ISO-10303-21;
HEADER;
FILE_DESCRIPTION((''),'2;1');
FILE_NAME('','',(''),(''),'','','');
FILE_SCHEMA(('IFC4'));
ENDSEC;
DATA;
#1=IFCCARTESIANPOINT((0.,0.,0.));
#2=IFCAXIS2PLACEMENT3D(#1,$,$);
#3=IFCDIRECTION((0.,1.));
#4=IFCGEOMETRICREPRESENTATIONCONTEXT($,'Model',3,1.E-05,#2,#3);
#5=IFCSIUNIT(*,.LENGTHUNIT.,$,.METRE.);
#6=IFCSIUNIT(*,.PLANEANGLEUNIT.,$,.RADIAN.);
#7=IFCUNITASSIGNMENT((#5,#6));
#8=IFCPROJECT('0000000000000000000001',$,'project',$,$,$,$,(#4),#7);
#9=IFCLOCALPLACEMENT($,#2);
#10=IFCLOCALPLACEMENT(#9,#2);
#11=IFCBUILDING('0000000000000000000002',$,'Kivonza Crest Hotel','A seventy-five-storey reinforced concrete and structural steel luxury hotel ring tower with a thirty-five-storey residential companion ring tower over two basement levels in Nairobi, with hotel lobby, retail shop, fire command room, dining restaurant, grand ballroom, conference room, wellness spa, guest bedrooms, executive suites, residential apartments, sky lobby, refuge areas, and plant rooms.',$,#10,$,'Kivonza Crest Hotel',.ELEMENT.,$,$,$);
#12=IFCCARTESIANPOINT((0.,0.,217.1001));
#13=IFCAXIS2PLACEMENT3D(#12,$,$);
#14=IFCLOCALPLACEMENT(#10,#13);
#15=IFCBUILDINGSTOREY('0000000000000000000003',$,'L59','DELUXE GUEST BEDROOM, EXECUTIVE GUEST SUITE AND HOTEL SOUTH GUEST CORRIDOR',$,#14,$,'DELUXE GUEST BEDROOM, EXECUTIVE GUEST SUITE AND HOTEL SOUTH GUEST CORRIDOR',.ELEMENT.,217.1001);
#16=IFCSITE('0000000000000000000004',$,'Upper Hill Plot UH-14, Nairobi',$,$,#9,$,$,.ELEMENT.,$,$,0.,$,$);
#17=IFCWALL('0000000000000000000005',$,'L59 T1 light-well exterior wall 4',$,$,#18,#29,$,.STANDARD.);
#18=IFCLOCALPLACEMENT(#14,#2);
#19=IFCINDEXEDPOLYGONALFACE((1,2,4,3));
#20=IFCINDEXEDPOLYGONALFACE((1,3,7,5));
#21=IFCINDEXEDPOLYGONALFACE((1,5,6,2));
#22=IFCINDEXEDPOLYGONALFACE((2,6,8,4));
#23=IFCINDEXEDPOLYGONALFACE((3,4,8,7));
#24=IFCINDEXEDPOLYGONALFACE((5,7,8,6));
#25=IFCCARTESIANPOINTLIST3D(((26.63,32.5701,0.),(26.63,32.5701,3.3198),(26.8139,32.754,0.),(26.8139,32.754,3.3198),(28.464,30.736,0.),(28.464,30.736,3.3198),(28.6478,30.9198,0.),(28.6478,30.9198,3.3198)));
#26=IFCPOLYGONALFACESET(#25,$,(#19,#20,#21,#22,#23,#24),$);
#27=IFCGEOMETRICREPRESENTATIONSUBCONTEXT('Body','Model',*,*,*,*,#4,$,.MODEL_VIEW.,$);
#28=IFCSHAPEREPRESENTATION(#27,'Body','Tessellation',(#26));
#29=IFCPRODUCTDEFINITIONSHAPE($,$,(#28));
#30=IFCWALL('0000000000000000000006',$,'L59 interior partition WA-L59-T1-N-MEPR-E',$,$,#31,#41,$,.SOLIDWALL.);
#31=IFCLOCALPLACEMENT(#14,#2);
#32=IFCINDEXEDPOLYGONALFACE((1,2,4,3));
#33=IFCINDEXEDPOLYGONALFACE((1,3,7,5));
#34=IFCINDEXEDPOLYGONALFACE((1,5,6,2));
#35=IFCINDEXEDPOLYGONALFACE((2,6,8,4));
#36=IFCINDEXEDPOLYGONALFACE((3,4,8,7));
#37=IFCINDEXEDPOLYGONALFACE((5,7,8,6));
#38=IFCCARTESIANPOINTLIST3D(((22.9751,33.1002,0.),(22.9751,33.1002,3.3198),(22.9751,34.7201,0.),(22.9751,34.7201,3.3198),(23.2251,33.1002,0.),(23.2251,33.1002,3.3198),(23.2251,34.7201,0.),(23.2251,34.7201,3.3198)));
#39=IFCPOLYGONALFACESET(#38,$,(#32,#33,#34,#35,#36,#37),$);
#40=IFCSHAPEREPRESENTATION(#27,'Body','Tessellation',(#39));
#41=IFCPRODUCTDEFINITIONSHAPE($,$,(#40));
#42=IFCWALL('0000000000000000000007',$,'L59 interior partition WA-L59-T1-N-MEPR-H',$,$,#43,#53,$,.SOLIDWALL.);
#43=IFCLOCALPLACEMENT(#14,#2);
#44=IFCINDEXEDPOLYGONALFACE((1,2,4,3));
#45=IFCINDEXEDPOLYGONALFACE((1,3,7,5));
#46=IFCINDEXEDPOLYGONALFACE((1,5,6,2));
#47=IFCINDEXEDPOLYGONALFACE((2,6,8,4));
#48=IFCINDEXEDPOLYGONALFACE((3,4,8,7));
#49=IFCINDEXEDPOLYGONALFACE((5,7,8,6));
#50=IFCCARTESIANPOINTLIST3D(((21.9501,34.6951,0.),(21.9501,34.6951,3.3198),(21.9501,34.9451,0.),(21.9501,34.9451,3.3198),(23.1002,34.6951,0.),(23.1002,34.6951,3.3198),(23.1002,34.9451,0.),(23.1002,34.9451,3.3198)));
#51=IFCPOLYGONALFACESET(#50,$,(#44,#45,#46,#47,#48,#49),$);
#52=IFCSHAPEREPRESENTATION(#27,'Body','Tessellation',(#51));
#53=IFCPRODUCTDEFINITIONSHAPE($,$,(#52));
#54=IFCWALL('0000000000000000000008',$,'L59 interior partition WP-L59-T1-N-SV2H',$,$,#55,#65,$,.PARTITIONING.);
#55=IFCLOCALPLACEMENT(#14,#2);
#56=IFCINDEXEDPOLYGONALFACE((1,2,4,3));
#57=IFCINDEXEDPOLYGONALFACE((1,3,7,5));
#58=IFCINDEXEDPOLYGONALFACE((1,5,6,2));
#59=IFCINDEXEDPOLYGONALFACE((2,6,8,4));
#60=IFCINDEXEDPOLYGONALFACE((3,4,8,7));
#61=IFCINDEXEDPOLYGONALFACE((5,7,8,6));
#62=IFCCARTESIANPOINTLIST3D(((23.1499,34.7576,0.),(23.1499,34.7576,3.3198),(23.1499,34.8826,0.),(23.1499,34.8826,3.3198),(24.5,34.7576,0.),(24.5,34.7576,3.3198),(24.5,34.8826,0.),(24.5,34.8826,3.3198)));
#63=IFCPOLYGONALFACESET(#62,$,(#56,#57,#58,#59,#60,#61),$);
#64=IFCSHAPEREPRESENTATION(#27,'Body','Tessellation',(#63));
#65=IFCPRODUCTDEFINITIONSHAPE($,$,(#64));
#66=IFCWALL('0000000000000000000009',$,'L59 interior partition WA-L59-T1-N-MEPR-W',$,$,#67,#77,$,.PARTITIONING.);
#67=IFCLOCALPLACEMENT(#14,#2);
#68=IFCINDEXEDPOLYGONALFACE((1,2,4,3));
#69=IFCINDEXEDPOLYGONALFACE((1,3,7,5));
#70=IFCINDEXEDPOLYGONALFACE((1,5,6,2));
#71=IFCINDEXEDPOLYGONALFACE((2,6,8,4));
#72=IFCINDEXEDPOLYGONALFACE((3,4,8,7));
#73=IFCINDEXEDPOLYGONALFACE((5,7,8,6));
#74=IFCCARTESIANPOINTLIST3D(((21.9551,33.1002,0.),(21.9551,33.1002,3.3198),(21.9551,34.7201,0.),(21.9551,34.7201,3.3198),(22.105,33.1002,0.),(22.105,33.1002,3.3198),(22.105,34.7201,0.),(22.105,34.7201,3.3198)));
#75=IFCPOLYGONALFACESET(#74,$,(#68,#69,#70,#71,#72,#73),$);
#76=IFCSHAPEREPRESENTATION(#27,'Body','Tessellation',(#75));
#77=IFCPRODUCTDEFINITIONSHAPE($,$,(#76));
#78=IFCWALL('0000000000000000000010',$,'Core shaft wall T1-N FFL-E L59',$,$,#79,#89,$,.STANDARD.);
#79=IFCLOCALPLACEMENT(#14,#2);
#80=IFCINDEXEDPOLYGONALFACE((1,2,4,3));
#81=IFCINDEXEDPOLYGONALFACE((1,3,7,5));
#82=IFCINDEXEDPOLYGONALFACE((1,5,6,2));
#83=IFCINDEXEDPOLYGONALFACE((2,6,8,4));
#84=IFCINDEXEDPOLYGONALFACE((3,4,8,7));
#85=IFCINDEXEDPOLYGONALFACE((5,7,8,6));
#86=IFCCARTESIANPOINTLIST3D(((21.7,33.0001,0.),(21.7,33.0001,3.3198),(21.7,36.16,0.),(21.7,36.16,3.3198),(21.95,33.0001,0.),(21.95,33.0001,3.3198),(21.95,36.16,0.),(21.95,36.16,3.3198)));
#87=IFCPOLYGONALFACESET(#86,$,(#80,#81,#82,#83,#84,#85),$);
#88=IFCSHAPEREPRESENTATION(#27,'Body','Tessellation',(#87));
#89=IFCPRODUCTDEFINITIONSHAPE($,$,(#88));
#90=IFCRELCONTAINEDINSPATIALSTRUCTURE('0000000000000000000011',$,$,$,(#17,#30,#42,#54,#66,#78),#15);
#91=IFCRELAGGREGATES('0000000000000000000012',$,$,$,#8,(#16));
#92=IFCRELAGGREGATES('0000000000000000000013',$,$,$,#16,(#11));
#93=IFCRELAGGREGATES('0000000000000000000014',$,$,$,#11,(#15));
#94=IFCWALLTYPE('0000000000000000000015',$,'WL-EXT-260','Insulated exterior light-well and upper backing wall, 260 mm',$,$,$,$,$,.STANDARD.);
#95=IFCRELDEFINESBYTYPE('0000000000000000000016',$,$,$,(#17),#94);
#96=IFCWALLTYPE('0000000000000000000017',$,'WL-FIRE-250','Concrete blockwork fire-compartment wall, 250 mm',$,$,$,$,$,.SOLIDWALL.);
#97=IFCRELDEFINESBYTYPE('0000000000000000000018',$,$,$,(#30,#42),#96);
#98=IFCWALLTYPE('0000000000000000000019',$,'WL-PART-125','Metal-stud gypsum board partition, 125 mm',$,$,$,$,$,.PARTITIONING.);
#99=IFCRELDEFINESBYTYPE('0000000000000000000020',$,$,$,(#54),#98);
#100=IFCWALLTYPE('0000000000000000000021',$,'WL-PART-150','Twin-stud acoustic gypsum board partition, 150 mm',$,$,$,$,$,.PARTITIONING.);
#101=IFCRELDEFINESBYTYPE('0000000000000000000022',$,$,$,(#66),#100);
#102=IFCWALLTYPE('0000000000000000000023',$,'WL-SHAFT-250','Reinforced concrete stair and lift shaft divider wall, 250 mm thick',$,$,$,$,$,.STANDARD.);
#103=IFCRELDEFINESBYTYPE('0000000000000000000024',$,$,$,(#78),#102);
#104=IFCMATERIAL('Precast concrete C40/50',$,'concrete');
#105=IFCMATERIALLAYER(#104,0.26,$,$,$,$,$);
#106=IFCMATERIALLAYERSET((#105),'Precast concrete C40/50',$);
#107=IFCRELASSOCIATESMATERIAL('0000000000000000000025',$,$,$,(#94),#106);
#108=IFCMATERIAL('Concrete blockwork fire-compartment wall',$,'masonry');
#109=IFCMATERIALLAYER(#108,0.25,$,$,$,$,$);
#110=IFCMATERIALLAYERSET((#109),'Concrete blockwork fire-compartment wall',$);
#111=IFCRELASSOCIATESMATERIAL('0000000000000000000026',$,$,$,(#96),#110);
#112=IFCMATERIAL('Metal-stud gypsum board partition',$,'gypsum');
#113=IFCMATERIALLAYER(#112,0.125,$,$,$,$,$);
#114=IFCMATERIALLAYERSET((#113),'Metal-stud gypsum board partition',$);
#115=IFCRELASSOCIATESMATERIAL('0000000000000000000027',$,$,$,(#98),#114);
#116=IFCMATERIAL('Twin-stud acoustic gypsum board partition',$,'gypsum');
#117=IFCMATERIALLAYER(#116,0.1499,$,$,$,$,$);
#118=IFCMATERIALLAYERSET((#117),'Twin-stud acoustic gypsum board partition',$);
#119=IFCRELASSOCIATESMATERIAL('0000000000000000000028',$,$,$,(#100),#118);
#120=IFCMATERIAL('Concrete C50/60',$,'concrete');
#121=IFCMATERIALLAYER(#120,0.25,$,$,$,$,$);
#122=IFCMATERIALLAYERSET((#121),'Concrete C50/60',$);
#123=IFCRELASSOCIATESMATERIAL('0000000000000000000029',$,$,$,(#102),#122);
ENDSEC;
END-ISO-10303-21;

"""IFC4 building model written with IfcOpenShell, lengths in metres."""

from ifc_helpers import new_model, si_unit, direction, frame, frame_2d, origin, place, context, subcontext, project, spatial, rectangle, extrude, material, layer, layer_set, type_object, element, save


model = new_model("IFC4")

# Units and contexts
model_context = context("Model", 3, precision=1e-05, world=origin(), true_north=direction((0.0, 1.0)))
body_context = subcontext(model_context, "Body", "Model", "MODEL_VIEW")
ifc_project = project(units=[si_unit("LENGTHUNIT", "METRE"), si_unit("PLANEANGLEUNIT", "RADIAN")], contexts=[model_context])

# Site, building, storey
site_placement = place(None, origin())
site = spatial("IfcSite", under=ifc_project, at=site_placement, Name="Upper Hill Plot UH-14, Nairobi", CompositionType="ELEMENT", RefElevation=0.0)
building_placement = place(site_placement, origin())
building = spatial("IfcBuilding", under=site, at=building_placement, Name="Kivonza Crest Hotel", Description="A seventy-five-storey reinforced concrete and structural steel luxury hotel ring tower with a thirty-five-storey residential companion ring tower over two basement levels in Nairobi, with hotel lobby, retail shop, fire command room, dining restaurant, grand ballroom, conference room, wellness spa, guest bedrooms, executive suites, residential apartments, sky lobby, refuge areas, and plant rooms.", LongName="Kivonza Crest Hotel", CompositionType="ELEMENT")
storey_placement = place(building_placement, frame((0.0, 0.0, 217.1001)))
storey = spatial("IfcBuildingStorey", under=building, at=storey_placement, Name="L59", Description="DELUXE GUEST BEDROOM, EXECUTIVE GUEST SUITE AND HOTEL SOUTH GUEST CORRIDOR", LongName="DELUXE GUEST BEDROOM, EXECUTIVE GUEST SUITE AND HOTEL SOUTH GUEST CORRIDOR", CompositionType="ELEMENT", Elevation=217.1001)

# Shared definitions
ifc_material_1 = material(Name="Concrete C50/60", Category="concrete")

# Walls
ifc_material_2 = material(Name="Precast concrete C40/50", Category="concrete")
ifc_layer_1 = layer(ifc_material_2, 0.26)
ifc_layer_set_1 = layer_set([ifc_layer_1], Name="Precast concrete C40/50")
wall_type_1 = type_object("IfcWallType", Name="WL-EXT-260", Description="Insulated exterior light-well and upper backing wall, 260 mm", PredefinedType="STANDARD", material=ifc_layer_set_1)
wall_1_placement = place(storey_placement, frame((28.5559, 30.8279, 0.0), z_axis=(0.0, 0.0, 1.0), x_axis=(-0.70706, 0.707154, 0.0)))
element("IfcWall", 1, at=wall_1_placement, inside=storey, type_object=wall_type_1, Name="L59 T1 light-well exterior wall 4", PredefinedType="STANDARD", context=body_context, shape_type="SweptSolid", body=[
    extrude(rectangle(XDim=2.5938, YDim=0.26, at=frame_2d((1.2969, 0.0))), origin(), (0.0, 0.0, 1.0), 3.3198),
])
ifc_material_3 = material(Name="Concrete blockwork fire-compartment wall", Category="masonry")
ifc_layer_2 = layer(ifc_material_3, 0.25)
ifc_layer_set_2 = layer_set([ifc_layer_2], Name="Concrete blockwork fire-compartment wall")
wall_type_2 = type_object("IfcWallType", Name="WL-FIRE-250", Description="Concrete blockwork fire-compartment wall, 250 mm", PredefinedType="SOLIDWALL", material=ifc_layer_set_2)
wall_2_placement = place(storey_placement, frame((23.1001, 33.1001, 0.0), z_axis=(0.0, 0.0, 1.0), x_axis=(0.0, 1.0, 0.0)))
element("IfcWall", 2, at=wall_2_placement, inside=storey, type_object=wall_type_2, Name="L59 interior partition WA-L59-T1-N-MEPR-E", PredefinedType="SOLIDWALL", context=body_context, shape_type="SweptSolid", body=[
    extrude(rectangle(XDim=1.6199, YDim=0.25, at=frame_2d((0.8101, 0.0))), origin(), (0.0, 0.0, 1.0), 3.3198),
])
wall_3_placement = place(storey_placement, frame((21.95, 34.8201, 0.0), z_axis=(0.0, 0.0, 1.0), x_axis=(1.0, 0.0, 0.0)))
element("IfcWall", 3, at=wall_3_placement, inside=storey, type_object=wall_type_2, Name="L59 interior partition WA-L59-T1-N-MEPR-H", PredefinedType="SOLIDWALL", context=body_context, shape_type="SweptSolid", body=[
    extrude(rectangle(XDim=1.1501, YDim=0.25, at=frame_2d((0.5752, 0.0))), origin(), (0.0, 0.0, 1.0), 3.3198),
])
ifc_material_4 = material(Name="Metal-stud gypsum board partition", Category="gypsum")
ifc_layer_3 = layer(ifc_material_4, 0.125)
ifc_layer_set_3 = layer_set([ifc_layer_3], Name="Metal-stud gypsum board partition")
wall_type_3 = type_object("IfcWallType", Name="WL-PART-125", Description="Metal-stud gypsum board partition, 125 mm", PredefinedType="PARTITIONING", material=ifc_layer_set_3)
wall_4_placement = place(storey_placement, frame((23.1499, 34.8201, 0.0), z_axis=(0.0, 0.0, 1.0), x_axis=(1.0, 0.0, 0.0)))
element("IfcWall", 4, at=wall_4_placement, inside=storey, type_object=wall_type_3, Name="L59 interior partition WP-L59-T1-N-SV2H", PredefinedType="PARTITIONING", context=body_context, shape_type="SweptSolid", body=[
    extrude(rectangle(XDim=1.3501, YDim=0.125, at=frame_2d((0.675, 0.0))), origin(), (0.0, 0.0, 1.0), 3.3198),
])
ifc_material_5 = material(Name="Twin-stud acoustic gypsum board partition", Category="gypsum")
ifc_layer_4 = layer(ifc_material_5, 0.1499)
ifc_layer_set_4 = layer_set([ifc_layer_4], Name="Twin-stud acoustic gypsum board partition")
wall_type_4 = type_object("IfcWallType", Name="WL-PART-150", Description="Twin-stud acoustic gypsum board partition, 150 mm", PredefinedType="PARTITIONING", material=ifc_layer_set_4)
wall_5_placement = place(storey_placement, frame((22.03, 33.1001, 0.0), z_axis=(0.0, 0.0, 1.0), x_axis=(0.0, 1.0, 0.0)))
element("IfcWall", 5, at=wall_5_placement, inside=storey, type_object=wall_type_4, Name="L59 interior partition WA-L59-T1-N-MEPR-W", PredefinedType="PARTITIONING", context=body_context, shape_type="SweptSolid", body=[
    extrude(rectangle(XDim=1.6199, YDim=0.1499, at=frame_2d((0.8101, 0.0))), origin(), (0.0, 0.0, 1.0), 3.3198),
])

# Shared definitions
ifc_layer_5 = layer(ifc_material_1, 0.25)
ifc_layer_set_5 = layer_set([ifc_layer_5], Name="Concrete C50/60")
wall_type_5 = type_object("IfcWallType", Name="WL-SHAFT-250", Description="Reinforced concrete stair and lift shaft divider wall, 250 mm thick", PredefinedType="STANDARD", material=ifc_layer_set_5)

# Wall
wall_6_placement = place(storey_placement, frame((21.825, 33.0, 0.0), z_axis=(0.0, 0.0, 1.0), x_axis=(0.0, 1.0, 0.0)))
element("IfcWall", 6, at=wall_6_placement, inside=storey, type_object=wall_type_5, Name="Core shaft wall T1-N FFL-E L59", PredefinedType="STANDARD", context=body_context, shape_type="SweptSolid", body=[
    extrude(rectangle(XDim=3.1599, YDim=0.25, at=frame_2d((1.5801, 0.0))), origin(), (0.0, 0.0, 1.0), 3.3198),
])

save(model, "model.ifc")
